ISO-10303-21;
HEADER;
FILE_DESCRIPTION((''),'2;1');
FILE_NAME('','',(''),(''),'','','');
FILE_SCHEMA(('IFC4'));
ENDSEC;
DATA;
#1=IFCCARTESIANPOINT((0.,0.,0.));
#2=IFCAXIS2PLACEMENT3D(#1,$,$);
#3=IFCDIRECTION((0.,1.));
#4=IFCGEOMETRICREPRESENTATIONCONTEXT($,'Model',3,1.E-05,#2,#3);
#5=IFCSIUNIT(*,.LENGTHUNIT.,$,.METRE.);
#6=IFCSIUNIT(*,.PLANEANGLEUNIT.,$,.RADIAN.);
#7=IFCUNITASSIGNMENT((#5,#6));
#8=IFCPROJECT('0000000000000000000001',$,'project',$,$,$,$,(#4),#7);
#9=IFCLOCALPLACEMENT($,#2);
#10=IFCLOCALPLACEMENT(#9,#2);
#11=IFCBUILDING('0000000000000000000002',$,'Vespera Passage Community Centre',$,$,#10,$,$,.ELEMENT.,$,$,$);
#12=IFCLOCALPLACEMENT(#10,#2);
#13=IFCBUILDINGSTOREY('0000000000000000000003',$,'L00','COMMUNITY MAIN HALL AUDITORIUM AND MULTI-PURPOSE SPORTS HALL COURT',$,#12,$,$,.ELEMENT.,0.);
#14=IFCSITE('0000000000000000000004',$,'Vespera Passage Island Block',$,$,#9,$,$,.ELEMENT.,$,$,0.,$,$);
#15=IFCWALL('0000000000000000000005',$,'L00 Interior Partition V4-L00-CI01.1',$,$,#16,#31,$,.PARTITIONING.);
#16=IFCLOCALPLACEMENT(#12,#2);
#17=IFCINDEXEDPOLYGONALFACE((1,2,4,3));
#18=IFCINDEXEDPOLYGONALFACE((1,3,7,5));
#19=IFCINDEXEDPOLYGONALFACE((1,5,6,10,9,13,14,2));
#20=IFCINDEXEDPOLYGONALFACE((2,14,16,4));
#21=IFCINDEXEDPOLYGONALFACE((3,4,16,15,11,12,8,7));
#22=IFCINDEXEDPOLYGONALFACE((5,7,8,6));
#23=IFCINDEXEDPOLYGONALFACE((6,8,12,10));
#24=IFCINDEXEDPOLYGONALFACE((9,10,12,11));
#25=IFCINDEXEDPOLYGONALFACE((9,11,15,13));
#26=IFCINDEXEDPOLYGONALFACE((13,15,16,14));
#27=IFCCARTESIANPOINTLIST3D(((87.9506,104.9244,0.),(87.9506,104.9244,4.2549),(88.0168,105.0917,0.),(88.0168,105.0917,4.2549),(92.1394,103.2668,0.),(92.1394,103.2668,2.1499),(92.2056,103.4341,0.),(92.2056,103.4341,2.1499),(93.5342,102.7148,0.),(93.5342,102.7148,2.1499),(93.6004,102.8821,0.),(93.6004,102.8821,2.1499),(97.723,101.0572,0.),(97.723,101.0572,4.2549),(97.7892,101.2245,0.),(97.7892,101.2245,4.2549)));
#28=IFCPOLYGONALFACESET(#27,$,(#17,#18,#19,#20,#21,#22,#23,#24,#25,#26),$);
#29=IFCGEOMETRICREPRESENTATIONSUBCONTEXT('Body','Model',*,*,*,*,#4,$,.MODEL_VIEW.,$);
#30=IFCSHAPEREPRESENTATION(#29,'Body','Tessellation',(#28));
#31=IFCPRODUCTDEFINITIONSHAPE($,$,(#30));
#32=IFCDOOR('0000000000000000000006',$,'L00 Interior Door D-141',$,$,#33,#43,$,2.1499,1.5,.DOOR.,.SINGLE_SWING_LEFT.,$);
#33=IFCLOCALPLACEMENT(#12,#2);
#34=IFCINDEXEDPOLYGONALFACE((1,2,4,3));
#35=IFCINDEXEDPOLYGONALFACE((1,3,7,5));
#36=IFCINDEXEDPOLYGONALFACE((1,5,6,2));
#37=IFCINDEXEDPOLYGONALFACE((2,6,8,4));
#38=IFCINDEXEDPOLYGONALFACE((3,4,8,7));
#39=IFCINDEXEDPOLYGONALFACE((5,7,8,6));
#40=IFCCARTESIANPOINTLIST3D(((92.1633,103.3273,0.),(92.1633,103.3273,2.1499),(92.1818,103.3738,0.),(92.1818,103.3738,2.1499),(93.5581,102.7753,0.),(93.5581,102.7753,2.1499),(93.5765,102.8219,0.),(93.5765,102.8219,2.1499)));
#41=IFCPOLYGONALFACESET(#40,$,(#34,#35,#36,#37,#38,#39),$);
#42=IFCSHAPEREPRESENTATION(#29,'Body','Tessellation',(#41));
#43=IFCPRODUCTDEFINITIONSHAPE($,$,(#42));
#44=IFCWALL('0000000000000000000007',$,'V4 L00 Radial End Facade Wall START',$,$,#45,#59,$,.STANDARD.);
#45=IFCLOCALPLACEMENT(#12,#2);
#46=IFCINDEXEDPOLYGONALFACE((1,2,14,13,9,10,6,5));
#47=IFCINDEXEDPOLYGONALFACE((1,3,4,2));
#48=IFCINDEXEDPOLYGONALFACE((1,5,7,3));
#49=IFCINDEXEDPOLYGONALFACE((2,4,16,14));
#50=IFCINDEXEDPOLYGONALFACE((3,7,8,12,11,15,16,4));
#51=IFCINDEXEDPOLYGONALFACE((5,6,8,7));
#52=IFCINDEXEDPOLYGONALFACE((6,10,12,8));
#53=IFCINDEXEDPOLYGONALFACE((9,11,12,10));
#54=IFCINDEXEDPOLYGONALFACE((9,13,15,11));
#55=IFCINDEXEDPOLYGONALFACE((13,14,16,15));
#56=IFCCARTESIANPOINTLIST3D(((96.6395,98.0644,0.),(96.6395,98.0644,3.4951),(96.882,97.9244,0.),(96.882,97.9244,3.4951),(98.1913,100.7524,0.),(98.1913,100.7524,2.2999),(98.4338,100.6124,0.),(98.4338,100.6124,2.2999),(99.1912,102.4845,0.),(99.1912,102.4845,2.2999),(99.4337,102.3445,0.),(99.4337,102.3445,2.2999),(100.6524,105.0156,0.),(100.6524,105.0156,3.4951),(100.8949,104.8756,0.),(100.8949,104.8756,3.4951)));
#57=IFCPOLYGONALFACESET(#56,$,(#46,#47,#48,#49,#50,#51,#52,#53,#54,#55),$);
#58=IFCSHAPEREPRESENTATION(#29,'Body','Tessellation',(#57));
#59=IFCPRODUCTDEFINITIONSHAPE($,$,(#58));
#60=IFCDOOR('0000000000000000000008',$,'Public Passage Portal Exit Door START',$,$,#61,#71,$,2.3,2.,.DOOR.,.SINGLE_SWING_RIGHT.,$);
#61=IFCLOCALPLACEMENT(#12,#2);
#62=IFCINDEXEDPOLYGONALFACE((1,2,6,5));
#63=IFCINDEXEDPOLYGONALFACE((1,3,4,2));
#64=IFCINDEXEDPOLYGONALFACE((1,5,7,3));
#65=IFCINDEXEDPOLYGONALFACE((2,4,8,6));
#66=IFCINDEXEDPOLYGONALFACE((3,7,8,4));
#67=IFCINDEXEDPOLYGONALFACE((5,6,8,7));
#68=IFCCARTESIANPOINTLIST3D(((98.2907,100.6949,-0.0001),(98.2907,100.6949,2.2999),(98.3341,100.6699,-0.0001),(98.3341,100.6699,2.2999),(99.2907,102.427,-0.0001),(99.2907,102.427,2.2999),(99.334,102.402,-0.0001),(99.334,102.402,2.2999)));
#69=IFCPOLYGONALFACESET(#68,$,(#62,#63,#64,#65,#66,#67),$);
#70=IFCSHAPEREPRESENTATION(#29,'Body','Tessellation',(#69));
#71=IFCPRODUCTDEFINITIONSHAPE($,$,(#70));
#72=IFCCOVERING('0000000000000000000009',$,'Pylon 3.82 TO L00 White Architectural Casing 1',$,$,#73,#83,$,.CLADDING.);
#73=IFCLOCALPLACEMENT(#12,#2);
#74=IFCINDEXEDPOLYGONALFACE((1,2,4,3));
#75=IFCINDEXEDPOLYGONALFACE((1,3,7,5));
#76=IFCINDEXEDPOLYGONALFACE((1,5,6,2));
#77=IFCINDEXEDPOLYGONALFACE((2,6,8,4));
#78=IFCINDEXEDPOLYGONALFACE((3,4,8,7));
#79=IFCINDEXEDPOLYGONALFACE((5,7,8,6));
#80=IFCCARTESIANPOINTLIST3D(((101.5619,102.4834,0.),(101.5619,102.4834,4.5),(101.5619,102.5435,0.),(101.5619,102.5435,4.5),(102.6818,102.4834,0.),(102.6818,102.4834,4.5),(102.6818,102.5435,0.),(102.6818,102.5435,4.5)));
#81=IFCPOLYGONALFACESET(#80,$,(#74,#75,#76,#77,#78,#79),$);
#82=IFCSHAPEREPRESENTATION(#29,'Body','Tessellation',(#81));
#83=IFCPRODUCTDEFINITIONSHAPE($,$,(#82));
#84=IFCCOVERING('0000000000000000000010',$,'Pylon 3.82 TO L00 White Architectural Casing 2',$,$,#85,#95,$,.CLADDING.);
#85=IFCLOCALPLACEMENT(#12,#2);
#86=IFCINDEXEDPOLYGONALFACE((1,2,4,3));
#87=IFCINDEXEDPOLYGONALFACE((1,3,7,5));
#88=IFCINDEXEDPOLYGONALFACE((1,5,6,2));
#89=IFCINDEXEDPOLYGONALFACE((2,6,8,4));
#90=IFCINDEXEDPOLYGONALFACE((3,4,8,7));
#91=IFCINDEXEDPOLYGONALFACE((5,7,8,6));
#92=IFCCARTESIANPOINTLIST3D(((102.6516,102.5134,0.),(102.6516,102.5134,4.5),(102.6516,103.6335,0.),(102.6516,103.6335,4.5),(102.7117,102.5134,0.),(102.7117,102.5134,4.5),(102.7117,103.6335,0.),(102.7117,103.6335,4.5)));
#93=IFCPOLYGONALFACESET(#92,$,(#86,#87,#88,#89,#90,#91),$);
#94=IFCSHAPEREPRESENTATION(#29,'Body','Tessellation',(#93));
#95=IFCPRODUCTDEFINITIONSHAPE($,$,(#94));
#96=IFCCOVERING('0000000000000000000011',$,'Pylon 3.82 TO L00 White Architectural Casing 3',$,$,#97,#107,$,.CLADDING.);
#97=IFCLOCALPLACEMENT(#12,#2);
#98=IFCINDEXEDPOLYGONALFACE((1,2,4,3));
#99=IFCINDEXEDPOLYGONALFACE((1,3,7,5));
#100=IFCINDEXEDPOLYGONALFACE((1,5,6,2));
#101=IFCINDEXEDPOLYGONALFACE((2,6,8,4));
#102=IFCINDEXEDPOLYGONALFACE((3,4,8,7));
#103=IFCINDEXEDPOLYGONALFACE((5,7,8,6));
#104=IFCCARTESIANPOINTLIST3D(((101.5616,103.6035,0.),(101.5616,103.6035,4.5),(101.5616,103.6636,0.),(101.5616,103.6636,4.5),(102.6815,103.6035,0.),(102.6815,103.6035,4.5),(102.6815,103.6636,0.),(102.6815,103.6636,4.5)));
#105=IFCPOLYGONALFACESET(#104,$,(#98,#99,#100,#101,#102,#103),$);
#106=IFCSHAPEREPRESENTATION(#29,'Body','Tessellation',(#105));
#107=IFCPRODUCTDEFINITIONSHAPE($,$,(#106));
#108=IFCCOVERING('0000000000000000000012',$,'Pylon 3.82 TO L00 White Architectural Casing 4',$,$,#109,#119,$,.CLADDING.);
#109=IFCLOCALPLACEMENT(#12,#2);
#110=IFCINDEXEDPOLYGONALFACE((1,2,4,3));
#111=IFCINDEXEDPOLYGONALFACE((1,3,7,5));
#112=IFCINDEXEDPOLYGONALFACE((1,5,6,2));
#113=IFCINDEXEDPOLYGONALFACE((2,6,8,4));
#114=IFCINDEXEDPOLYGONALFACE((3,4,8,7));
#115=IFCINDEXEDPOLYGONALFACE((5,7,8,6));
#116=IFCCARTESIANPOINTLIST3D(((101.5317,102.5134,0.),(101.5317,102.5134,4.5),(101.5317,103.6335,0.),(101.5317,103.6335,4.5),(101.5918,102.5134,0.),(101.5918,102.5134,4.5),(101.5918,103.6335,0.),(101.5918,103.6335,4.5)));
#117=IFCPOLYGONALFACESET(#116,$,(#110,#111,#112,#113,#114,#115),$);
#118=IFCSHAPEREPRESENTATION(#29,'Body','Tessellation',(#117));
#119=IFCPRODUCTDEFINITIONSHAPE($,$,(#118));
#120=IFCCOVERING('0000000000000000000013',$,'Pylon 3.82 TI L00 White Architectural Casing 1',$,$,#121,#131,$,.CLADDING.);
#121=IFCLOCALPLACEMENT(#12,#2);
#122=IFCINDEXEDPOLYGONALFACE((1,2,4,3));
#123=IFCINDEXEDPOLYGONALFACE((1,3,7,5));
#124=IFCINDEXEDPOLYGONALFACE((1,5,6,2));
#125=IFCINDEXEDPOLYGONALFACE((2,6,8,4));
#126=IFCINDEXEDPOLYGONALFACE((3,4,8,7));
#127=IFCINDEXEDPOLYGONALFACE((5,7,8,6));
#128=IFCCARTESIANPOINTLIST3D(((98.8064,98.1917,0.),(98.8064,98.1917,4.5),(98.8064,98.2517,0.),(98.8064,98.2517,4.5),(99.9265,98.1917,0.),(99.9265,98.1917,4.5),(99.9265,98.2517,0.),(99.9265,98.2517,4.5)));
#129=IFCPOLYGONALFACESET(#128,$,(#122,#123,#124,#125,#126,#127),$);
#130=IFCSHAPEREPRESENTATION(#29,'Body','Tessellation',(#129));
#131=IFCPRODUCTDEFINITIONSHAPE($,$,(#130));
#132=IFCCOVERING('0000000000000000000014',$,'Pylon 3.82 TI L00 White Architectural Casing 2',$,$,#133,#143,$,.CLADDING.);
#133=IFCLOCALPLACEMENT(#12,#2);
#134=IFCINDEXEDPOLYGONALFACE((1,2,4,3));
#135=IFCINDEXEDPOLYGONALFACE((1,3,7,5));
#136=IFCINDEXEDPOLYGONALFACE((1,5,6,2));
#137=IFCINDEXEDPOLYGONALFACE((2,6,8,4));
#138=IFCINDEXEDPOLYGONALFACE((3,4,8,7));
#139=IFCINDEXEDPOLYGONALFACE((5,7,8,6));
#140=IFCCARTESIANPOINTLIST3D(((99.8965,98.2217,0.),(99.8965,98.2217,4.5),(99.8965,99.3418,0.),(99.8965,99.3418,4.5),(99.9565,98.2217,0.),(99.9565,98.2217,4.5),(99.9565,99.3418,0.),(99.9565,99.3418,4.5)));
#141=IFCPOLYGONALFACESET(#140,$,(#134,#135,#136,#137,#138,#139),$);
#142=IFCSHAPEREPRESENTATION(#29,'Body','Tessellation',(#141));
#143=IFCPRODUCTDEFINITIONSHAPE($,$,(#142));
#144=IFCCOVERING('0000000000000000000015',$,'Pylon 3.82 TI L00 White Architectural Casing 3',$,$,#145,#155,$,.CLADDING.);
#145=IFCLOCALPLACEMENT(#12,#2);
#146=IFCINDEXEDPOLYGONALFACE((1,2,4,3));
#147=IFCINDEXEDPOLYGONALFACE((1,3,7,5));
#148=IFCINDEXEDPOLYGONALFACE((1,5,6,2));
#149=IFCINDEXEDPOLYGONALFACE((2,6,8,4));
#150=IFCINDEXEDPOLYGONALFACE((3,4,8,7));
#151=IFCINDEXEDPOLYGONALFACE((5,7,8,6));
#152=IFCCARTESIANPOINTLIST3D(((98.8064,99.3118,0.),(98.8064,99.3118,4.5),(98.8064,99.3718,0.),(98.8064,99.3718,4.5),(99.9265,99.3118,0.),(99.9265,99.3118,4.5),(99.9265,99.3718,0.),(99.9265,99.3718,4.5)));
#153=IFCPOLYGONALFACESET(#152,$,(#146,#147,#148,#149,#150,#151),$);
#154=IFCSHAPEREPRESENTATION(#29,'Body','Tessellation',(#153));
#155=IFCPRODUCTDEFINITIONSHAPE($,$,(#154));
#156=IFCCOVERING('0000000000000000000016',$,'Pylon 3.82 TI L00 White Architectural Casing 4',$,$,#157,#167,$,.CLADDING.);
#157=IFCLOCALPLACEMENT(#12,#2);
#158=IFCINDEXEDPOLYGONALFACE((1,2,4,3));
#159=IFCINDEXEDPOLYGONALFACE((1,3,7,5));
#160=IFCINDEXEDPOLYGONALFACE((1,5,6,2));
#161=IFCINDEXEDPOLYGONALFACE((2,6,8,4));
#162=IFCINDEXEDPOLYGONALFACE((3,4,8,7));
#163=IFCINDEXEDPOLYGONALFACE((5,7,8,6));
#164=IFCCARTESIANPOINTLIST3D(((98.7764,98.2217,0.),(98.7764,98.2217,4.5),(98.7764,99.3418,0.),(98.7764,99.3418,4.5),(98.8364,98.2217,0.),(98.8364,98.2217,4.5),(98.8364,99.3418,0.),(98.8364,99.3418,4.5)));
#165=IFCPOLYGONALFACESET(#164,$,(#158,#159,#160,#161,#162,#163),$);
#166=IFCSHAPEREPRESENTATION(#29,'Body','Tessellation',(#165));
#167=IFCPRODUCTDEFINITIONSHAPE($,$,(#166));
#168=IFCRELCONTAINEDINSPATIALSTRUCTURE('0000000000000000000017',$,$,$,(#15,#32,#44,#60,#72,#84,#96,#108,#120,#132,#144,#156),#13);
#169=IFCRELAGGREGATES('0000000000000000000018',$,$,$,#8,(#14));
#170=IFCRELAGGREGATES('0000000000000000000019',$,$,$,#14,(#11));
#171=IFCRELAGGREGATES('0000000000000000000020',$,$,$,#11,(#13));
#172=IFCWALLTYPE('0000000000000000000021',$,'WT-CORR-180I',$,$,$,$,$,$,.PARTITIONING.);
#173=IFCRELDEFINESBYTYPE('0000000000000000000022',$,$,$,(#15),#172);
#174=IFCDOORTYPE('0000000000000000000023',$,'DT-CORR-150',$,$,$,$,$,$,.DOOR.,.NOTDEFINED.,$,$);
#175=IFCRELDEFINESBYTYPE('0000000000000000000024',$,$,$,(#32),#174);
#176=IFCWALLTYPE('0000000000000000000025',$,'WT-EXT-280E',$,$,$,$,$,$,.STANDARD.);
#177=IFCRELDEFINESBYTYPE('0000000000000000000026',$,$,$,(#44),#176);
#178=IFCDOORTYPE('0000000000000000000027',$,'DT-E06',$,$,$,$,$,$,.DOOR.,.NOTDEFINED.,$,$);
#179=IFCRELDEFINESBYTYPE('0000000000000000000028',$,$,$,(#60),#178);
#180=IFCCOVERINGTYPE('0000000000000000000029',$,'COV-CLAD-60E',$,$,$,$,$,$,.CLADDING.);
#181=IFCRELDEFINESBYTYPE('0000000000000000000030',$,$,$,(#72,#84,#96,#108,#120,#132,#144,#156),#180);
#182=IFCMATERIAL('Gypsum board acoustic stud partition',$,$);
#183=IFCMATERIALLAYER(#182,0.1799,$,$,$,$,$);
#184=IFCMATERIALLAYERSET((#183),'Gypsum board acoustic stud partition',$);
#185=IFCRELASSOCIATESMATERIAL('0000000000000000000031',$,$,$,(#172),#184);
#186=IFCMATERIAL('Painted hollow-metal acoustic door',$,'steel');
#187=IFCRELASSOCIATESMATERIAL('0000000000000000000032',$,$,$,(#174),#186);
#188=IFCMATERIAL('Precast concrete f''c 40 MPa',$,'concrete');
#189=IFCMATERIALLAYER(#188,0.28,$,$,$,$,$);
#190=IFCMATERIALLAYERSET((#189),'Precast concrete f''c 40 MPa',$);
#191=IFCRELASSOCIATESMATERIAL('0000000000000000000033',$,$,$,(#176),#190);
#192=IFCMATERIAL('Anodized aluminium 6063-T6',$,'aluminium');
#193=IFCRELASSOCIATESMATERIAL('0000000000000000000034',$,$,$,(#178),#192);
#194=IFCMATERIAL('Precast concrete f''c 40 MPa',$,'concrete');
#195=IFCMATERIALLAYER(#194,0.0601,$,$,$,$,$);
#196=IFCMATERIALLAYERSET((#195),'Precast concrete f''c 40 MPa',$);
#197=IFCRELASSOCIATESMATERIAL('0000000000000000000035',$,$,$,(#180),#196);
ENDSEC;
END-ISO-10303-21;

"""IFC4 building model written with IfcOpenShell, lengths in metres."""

from ifc_helpers import new_model, si_unit, direction, frame, frame_2d, origin, place, context, subcontext, project, spatial, rectangle, extrude, material, layer, layer_set, type_object, element, fill, save


model = new_model("IFC4")

# Units and contexts
model_context = context("Model", 3, precision=1e-05, world=origin(), true_north=direction((0.0, 1.0)))
body_context = subcontext(model_context, "Body", "Model", "MODEL_VIEW")
ifc_project = project(units=[si_unit("LENGTHUNIT", "METRE"), si_unit("PLANEANGLEUNIT", "RADIAN")], contexts=[model_context])

# Site, building, storey
site_placement = place(None, origin())
site = spatial("IfcSite", under=ifc_project, at=site_placement, Name="Vespera Passage Island Block", CompositionType="ELEMENT", RefElevation=0.0)
building_placement = place(site_placement, origin())
building = spatial("IfcBuilding", under=site, at=building_placement, Name="Vespera Passage Community Centre", CompositionType="ELEMENT")
storey_placement = place(building_placement, origin())
storey = spatial("IfcBuildingStorey", under=building, at=storey_placement, Name="L00", Description="COMMUNITY MAIN HALL AUDITORIUM AND MULTI-PURPOSE SPORTS HALL COURT", CompositionType="ELEMENT", Elevation=0.0)

# Walls, openings, doors
ifc_material_1 = material(Name="Gypsum board acoustic stud partition")
ifc_layer_1 = layer(ifc_material_1, 0.1799)
ifc_layer_set_1 = layer_set([ifc_layer_1], Name="Gypsum board acoustic stud partition")
wall_type_1 = type_object("IfcWallType", Name="WT-CORR-180I", PredefinedType="PARTITIONING", material=ifc_layer_set_1)
wall_1_placement = place(storey_placement, frame((97.7561, 101.1409, 0.0), z_axis=(0.0, 0.0, 1.0), x_axis=(-0.929842, 0.36796, 0.0)))
wall_1 = element("IfcWall", 1, at=wall_1_placement, inside=storey, type_object=wall_type_1, Name="L00 Interior Partition V4-L00-CI01.1", PredefinedType="PARTITIONING", context=body_context, shape_type="SweptSolid", body=[
    extrude(rectangle(XDim=10.5098, YDim=0.1799, at=frame_2d((5.2549, 0.0))), origin(), (0.0, 0.0, 1.0), 4.2549),
])
opening_1_placement = place(wall_1_placement, frame((4.5049, 0.0, 0.0)))
opening_1 = element("IfcOpeningElement", 2, at=opening_1_placement, cuts=wall_1, PredefinedType="OPENING", context=body_context, shape_type="SweptSolid", body=[
    extrude(rectangle(XDim=1.5, YDim=2.1499, at=frame_2d((0.75, 1.075))), frame((0.0, 0.0999, 0.0), z_axis=(0.0, -1.0, 0.0), x_axis=(1.0, 0.0, 0.0)), (0.0, 0.0, 1.0), 0.2),
])
ifc_material_2 = material(Name="Painted hollow-metal acoustic door", Category="steel")
door_type_1 = type_object("IfcDoorType", Name="DT-CORR-150", OperationType="NOTDEFINED", PredefinedType="DOOR", material=ifc_material_2)
door_1_placement = place(opening_1_placement, origin())
door_1 = element("IfcDoor", 3, at=door_1_placement, inside=storey, type_object=door_type_1, Name="L00 Interior Door D-141", OperationType="SINGLE_SWING_LEFT", OverallHeight=2.1499, OverallWidth=1.5, PredefinedType="DOOR", context=body_context, shape_type="SweptSolid", body=[
    extrude(rectangle(XDim=1.5, YDim=2.1499, at=frame_2d((0.75, 1.075))), frame((0.0, 0.0249, 0.0), z_axis=(0.0, -1.0, 0.0), x_axis=(1.0, 0.0, 0.0)), (0.0, 0.0, 1.0), 0.05),
])
fill(opening_1, door_1)
ifc_material_3 = material(Name="Precast concrete f'c 40 MPa", Category="concrete")
ifc_layer_2 = layer(ifc_material_3, 0.28)
ifc_layer_set_2 = layer_set([ifc_layer_2], Name="Precast concrete f'c 40 MPa")
wall_type_2 = type_object("IfcWallType", Name="WT-EXT-280E", PredefinedType="STANDARD", material=ifc_layer_set_2)
wall_2_placement = place(storey_placement, frame((100.7737, 104.9456, 0.0), z_axis=(0.0, 0.0, 1.0), x_axis=(-0.49997, -0.866043, 0.0)))
wall_2 = element("IfcWall", 4, at=wall_2_placement, inside=storey, type_object=wall_type_2, Name="V4 L00 Radial End Facade Wall START", PredefinedType="STANDARD", context=body_context, shape_type="SweptSolid", body=[
    extrude(rectangle(XDim=8.0264, YDim=0.28, at=frame_2d((4.0132, 0.0))), origin(), (0.0, 0.0, 1.0), 3.4951),
])
opening_2_placement = place(wall_2_placement, frame((2.9226, 0.0, 0.0)))
opening_2 = element("IfcOpeningElement", 5, at=opening_2_placement, cuts=wall_2, PredefinedType="OPENING", context=body_context, shape_type="SweptSolid", body=[
    extrude(rectangle(XDim=2.0, YDim=2.3, at=frame_2d((1.0, 1.1499))), frame((0.0, 0.1501, 0.0), z_axis=(0.0, -1.0, 0.0), x_axis=(1.0, 0.0, 0.0)), (0.0, 0.0, 1.0), 0.3),
])
ifc_material_4 = material(Name="Anodized aluminium 6063-T6", Category="aluminium")
door_type_2 = type_object("IfcDoorType", Name="DT-E06", OperationType="NOTDEFINED", PredefinedType="DOOR", material=ifc_material_4)
door_2_placement = place(opening_2_placement, origin())
door_2 = element("IfcDoor", 6, at=door_2_placement, inside=storey, type_object=door_type_2, Name="Public Passage Portal Exit Door START", OperationType="SINGLE_SWING_RIGHT", OverallHeight=2.3, OverallWidth=2.0, PredefinedType="DOOR", context=body_context, shape_type="SweptSolid", body=[
    extrude(rectangle(XDim=2.0, YDim=2.3, at=frame_2d((1.0, 1.1499))), frame((0.0, 0.0249, 0.0), z_axis=(0.0, -1.0, 0.0), x_axis=(1.0, 0.0, 0.0)), (0.0, 0.0, 1.0), 0.05),
])
fill(opening_2, door_2)

# Coverings
ifc_material_5 = material(Name="Precast concrete f'c 40 MPa", Category="concrete")
ifc_layer_3 = layer(ifc_material_5, 0.0601)
ifc_layer_set_3 = layer_set([ifc_layer_3], Name="Precast concrete f'c 40 MPa")
covering_type = type_object("IfcCoveringType", Name="COV-CLAD-60E", PredefinedType="CLADDING", material=ifc_layer_set_3)
covering_1_placement = place(storey_placement, frame((101.5618, 102.5134, 0.0), z_axis=(0.0, 0.0, 1.0), x_axis=(1.0, 0.0, 0.0)))
element("IfcCovering", 7, at=covering_1_placement, inside=storey, type_object=covering_type, Name="Pylon 3.82 TO L00 White Architectural Casing 1", PredefinedType="CLADDING", context=body_context, shape_type="SweptSolid", body=[
    extrude(rectangle(XDim=1.1199, YDim=0.0601, at=frame_2d((0.5601, 0.0))), origin(), (0.0, 0.0, 1.0), 4.5),
])
covering_2_placement = place(storey_placement, frame((102.6816, 102.5134, 0.0), z_axis=(0.0, 0.0, 1.0), x_axis=(0.0, 1.0, 0.0)))
element("IfcCovering", 8, at=covering_2_placement, inside=storey, type_object=covering_type, Name="Pylon 3.82 TO L00 White Architectural Casing 2", PredefinedType="CLADDING", context=body_context, shape_type="SweptSolid", body=[
    extrude(rectangle(XDim=1.1201, YDim=0.0601, at=frame_2d((0.5601, 0.0))), origin(), (0.0, 0.0, 1.0), 4.5),
])
covering_3_placement = place(storey_placement, frame((102.6816, 103.6335, 0.0), z_axis=(0.0, 0.0, 1.0), x_axis=(-1.0, 0.0, 0.0)))
element("IfcCovering", 9, at=covering_3_placement, inside=storey, type_object=covering_type, Name="Pylon 3.82 TO L00 White Architectural Casing 3", PredefinedType="CLADDING", context=body_context, shape_type="SweptSolid", body=[
    extrude(rectangle(XDim=1.1199, YDim=0.0601, at=frame_2d((0.5601, 0.0))), origin(), (0.0, 0.0, 1.0), 4.5),
])
for number, where, z_axis, x_axis, name in (
    (10, (101.5618, 103.6335, 0.0), (0.0, 0.0, 1.0), (0.0, -1.0, 0.0), "Pylon 3.82 TO L00 White Architectural Casing 4"),
    (11, (98.8064, 98.2217, 0.0), (0.0, 0.0, 1.0), (1.0, 0.0, 0.0), "Pylon 3.82 TI L00 White Architectural Casing 1"),
    (12, (99.9265, 98.2217, 0.0), (0.0, 0.0, 1.0), (0.0, 1.0, 0.0), "Pylon 3.82 TI L00 White Architectural Casing 2"),
    (13, (99.9265, 99.3418, 0.0), (0.0, 0.0, 1.0), (-1.0, 0.0, 0.0), "Pylon 3.82 TI L00 White Architectural Casing 3"),
    (14, (98.8064, 99.3418, 0.0), (0.0, 0.0, 1.0), (0.0, -1.0, 0.0), "Pylon 3.82 TI L00 White Architectural Casing 4"),
):
    element("IfcCovering", number, at=place(storey_placement, frame(where, z_axis=z_axis, x_axis=x_axis)), inside=storey, type_object=covering_type, Name=name, PredefinedType="CLADDING", context=body_context, shape_type="SweptSolid", body=[
        extrude(rectangle(XDim=1.1201, YDim=0.0601, at=frame_2d((0.5601, 0.0))), origin(), (0.0, 0.0, 1.0), 4.5),
    ])

save(model, "model.ifc")
